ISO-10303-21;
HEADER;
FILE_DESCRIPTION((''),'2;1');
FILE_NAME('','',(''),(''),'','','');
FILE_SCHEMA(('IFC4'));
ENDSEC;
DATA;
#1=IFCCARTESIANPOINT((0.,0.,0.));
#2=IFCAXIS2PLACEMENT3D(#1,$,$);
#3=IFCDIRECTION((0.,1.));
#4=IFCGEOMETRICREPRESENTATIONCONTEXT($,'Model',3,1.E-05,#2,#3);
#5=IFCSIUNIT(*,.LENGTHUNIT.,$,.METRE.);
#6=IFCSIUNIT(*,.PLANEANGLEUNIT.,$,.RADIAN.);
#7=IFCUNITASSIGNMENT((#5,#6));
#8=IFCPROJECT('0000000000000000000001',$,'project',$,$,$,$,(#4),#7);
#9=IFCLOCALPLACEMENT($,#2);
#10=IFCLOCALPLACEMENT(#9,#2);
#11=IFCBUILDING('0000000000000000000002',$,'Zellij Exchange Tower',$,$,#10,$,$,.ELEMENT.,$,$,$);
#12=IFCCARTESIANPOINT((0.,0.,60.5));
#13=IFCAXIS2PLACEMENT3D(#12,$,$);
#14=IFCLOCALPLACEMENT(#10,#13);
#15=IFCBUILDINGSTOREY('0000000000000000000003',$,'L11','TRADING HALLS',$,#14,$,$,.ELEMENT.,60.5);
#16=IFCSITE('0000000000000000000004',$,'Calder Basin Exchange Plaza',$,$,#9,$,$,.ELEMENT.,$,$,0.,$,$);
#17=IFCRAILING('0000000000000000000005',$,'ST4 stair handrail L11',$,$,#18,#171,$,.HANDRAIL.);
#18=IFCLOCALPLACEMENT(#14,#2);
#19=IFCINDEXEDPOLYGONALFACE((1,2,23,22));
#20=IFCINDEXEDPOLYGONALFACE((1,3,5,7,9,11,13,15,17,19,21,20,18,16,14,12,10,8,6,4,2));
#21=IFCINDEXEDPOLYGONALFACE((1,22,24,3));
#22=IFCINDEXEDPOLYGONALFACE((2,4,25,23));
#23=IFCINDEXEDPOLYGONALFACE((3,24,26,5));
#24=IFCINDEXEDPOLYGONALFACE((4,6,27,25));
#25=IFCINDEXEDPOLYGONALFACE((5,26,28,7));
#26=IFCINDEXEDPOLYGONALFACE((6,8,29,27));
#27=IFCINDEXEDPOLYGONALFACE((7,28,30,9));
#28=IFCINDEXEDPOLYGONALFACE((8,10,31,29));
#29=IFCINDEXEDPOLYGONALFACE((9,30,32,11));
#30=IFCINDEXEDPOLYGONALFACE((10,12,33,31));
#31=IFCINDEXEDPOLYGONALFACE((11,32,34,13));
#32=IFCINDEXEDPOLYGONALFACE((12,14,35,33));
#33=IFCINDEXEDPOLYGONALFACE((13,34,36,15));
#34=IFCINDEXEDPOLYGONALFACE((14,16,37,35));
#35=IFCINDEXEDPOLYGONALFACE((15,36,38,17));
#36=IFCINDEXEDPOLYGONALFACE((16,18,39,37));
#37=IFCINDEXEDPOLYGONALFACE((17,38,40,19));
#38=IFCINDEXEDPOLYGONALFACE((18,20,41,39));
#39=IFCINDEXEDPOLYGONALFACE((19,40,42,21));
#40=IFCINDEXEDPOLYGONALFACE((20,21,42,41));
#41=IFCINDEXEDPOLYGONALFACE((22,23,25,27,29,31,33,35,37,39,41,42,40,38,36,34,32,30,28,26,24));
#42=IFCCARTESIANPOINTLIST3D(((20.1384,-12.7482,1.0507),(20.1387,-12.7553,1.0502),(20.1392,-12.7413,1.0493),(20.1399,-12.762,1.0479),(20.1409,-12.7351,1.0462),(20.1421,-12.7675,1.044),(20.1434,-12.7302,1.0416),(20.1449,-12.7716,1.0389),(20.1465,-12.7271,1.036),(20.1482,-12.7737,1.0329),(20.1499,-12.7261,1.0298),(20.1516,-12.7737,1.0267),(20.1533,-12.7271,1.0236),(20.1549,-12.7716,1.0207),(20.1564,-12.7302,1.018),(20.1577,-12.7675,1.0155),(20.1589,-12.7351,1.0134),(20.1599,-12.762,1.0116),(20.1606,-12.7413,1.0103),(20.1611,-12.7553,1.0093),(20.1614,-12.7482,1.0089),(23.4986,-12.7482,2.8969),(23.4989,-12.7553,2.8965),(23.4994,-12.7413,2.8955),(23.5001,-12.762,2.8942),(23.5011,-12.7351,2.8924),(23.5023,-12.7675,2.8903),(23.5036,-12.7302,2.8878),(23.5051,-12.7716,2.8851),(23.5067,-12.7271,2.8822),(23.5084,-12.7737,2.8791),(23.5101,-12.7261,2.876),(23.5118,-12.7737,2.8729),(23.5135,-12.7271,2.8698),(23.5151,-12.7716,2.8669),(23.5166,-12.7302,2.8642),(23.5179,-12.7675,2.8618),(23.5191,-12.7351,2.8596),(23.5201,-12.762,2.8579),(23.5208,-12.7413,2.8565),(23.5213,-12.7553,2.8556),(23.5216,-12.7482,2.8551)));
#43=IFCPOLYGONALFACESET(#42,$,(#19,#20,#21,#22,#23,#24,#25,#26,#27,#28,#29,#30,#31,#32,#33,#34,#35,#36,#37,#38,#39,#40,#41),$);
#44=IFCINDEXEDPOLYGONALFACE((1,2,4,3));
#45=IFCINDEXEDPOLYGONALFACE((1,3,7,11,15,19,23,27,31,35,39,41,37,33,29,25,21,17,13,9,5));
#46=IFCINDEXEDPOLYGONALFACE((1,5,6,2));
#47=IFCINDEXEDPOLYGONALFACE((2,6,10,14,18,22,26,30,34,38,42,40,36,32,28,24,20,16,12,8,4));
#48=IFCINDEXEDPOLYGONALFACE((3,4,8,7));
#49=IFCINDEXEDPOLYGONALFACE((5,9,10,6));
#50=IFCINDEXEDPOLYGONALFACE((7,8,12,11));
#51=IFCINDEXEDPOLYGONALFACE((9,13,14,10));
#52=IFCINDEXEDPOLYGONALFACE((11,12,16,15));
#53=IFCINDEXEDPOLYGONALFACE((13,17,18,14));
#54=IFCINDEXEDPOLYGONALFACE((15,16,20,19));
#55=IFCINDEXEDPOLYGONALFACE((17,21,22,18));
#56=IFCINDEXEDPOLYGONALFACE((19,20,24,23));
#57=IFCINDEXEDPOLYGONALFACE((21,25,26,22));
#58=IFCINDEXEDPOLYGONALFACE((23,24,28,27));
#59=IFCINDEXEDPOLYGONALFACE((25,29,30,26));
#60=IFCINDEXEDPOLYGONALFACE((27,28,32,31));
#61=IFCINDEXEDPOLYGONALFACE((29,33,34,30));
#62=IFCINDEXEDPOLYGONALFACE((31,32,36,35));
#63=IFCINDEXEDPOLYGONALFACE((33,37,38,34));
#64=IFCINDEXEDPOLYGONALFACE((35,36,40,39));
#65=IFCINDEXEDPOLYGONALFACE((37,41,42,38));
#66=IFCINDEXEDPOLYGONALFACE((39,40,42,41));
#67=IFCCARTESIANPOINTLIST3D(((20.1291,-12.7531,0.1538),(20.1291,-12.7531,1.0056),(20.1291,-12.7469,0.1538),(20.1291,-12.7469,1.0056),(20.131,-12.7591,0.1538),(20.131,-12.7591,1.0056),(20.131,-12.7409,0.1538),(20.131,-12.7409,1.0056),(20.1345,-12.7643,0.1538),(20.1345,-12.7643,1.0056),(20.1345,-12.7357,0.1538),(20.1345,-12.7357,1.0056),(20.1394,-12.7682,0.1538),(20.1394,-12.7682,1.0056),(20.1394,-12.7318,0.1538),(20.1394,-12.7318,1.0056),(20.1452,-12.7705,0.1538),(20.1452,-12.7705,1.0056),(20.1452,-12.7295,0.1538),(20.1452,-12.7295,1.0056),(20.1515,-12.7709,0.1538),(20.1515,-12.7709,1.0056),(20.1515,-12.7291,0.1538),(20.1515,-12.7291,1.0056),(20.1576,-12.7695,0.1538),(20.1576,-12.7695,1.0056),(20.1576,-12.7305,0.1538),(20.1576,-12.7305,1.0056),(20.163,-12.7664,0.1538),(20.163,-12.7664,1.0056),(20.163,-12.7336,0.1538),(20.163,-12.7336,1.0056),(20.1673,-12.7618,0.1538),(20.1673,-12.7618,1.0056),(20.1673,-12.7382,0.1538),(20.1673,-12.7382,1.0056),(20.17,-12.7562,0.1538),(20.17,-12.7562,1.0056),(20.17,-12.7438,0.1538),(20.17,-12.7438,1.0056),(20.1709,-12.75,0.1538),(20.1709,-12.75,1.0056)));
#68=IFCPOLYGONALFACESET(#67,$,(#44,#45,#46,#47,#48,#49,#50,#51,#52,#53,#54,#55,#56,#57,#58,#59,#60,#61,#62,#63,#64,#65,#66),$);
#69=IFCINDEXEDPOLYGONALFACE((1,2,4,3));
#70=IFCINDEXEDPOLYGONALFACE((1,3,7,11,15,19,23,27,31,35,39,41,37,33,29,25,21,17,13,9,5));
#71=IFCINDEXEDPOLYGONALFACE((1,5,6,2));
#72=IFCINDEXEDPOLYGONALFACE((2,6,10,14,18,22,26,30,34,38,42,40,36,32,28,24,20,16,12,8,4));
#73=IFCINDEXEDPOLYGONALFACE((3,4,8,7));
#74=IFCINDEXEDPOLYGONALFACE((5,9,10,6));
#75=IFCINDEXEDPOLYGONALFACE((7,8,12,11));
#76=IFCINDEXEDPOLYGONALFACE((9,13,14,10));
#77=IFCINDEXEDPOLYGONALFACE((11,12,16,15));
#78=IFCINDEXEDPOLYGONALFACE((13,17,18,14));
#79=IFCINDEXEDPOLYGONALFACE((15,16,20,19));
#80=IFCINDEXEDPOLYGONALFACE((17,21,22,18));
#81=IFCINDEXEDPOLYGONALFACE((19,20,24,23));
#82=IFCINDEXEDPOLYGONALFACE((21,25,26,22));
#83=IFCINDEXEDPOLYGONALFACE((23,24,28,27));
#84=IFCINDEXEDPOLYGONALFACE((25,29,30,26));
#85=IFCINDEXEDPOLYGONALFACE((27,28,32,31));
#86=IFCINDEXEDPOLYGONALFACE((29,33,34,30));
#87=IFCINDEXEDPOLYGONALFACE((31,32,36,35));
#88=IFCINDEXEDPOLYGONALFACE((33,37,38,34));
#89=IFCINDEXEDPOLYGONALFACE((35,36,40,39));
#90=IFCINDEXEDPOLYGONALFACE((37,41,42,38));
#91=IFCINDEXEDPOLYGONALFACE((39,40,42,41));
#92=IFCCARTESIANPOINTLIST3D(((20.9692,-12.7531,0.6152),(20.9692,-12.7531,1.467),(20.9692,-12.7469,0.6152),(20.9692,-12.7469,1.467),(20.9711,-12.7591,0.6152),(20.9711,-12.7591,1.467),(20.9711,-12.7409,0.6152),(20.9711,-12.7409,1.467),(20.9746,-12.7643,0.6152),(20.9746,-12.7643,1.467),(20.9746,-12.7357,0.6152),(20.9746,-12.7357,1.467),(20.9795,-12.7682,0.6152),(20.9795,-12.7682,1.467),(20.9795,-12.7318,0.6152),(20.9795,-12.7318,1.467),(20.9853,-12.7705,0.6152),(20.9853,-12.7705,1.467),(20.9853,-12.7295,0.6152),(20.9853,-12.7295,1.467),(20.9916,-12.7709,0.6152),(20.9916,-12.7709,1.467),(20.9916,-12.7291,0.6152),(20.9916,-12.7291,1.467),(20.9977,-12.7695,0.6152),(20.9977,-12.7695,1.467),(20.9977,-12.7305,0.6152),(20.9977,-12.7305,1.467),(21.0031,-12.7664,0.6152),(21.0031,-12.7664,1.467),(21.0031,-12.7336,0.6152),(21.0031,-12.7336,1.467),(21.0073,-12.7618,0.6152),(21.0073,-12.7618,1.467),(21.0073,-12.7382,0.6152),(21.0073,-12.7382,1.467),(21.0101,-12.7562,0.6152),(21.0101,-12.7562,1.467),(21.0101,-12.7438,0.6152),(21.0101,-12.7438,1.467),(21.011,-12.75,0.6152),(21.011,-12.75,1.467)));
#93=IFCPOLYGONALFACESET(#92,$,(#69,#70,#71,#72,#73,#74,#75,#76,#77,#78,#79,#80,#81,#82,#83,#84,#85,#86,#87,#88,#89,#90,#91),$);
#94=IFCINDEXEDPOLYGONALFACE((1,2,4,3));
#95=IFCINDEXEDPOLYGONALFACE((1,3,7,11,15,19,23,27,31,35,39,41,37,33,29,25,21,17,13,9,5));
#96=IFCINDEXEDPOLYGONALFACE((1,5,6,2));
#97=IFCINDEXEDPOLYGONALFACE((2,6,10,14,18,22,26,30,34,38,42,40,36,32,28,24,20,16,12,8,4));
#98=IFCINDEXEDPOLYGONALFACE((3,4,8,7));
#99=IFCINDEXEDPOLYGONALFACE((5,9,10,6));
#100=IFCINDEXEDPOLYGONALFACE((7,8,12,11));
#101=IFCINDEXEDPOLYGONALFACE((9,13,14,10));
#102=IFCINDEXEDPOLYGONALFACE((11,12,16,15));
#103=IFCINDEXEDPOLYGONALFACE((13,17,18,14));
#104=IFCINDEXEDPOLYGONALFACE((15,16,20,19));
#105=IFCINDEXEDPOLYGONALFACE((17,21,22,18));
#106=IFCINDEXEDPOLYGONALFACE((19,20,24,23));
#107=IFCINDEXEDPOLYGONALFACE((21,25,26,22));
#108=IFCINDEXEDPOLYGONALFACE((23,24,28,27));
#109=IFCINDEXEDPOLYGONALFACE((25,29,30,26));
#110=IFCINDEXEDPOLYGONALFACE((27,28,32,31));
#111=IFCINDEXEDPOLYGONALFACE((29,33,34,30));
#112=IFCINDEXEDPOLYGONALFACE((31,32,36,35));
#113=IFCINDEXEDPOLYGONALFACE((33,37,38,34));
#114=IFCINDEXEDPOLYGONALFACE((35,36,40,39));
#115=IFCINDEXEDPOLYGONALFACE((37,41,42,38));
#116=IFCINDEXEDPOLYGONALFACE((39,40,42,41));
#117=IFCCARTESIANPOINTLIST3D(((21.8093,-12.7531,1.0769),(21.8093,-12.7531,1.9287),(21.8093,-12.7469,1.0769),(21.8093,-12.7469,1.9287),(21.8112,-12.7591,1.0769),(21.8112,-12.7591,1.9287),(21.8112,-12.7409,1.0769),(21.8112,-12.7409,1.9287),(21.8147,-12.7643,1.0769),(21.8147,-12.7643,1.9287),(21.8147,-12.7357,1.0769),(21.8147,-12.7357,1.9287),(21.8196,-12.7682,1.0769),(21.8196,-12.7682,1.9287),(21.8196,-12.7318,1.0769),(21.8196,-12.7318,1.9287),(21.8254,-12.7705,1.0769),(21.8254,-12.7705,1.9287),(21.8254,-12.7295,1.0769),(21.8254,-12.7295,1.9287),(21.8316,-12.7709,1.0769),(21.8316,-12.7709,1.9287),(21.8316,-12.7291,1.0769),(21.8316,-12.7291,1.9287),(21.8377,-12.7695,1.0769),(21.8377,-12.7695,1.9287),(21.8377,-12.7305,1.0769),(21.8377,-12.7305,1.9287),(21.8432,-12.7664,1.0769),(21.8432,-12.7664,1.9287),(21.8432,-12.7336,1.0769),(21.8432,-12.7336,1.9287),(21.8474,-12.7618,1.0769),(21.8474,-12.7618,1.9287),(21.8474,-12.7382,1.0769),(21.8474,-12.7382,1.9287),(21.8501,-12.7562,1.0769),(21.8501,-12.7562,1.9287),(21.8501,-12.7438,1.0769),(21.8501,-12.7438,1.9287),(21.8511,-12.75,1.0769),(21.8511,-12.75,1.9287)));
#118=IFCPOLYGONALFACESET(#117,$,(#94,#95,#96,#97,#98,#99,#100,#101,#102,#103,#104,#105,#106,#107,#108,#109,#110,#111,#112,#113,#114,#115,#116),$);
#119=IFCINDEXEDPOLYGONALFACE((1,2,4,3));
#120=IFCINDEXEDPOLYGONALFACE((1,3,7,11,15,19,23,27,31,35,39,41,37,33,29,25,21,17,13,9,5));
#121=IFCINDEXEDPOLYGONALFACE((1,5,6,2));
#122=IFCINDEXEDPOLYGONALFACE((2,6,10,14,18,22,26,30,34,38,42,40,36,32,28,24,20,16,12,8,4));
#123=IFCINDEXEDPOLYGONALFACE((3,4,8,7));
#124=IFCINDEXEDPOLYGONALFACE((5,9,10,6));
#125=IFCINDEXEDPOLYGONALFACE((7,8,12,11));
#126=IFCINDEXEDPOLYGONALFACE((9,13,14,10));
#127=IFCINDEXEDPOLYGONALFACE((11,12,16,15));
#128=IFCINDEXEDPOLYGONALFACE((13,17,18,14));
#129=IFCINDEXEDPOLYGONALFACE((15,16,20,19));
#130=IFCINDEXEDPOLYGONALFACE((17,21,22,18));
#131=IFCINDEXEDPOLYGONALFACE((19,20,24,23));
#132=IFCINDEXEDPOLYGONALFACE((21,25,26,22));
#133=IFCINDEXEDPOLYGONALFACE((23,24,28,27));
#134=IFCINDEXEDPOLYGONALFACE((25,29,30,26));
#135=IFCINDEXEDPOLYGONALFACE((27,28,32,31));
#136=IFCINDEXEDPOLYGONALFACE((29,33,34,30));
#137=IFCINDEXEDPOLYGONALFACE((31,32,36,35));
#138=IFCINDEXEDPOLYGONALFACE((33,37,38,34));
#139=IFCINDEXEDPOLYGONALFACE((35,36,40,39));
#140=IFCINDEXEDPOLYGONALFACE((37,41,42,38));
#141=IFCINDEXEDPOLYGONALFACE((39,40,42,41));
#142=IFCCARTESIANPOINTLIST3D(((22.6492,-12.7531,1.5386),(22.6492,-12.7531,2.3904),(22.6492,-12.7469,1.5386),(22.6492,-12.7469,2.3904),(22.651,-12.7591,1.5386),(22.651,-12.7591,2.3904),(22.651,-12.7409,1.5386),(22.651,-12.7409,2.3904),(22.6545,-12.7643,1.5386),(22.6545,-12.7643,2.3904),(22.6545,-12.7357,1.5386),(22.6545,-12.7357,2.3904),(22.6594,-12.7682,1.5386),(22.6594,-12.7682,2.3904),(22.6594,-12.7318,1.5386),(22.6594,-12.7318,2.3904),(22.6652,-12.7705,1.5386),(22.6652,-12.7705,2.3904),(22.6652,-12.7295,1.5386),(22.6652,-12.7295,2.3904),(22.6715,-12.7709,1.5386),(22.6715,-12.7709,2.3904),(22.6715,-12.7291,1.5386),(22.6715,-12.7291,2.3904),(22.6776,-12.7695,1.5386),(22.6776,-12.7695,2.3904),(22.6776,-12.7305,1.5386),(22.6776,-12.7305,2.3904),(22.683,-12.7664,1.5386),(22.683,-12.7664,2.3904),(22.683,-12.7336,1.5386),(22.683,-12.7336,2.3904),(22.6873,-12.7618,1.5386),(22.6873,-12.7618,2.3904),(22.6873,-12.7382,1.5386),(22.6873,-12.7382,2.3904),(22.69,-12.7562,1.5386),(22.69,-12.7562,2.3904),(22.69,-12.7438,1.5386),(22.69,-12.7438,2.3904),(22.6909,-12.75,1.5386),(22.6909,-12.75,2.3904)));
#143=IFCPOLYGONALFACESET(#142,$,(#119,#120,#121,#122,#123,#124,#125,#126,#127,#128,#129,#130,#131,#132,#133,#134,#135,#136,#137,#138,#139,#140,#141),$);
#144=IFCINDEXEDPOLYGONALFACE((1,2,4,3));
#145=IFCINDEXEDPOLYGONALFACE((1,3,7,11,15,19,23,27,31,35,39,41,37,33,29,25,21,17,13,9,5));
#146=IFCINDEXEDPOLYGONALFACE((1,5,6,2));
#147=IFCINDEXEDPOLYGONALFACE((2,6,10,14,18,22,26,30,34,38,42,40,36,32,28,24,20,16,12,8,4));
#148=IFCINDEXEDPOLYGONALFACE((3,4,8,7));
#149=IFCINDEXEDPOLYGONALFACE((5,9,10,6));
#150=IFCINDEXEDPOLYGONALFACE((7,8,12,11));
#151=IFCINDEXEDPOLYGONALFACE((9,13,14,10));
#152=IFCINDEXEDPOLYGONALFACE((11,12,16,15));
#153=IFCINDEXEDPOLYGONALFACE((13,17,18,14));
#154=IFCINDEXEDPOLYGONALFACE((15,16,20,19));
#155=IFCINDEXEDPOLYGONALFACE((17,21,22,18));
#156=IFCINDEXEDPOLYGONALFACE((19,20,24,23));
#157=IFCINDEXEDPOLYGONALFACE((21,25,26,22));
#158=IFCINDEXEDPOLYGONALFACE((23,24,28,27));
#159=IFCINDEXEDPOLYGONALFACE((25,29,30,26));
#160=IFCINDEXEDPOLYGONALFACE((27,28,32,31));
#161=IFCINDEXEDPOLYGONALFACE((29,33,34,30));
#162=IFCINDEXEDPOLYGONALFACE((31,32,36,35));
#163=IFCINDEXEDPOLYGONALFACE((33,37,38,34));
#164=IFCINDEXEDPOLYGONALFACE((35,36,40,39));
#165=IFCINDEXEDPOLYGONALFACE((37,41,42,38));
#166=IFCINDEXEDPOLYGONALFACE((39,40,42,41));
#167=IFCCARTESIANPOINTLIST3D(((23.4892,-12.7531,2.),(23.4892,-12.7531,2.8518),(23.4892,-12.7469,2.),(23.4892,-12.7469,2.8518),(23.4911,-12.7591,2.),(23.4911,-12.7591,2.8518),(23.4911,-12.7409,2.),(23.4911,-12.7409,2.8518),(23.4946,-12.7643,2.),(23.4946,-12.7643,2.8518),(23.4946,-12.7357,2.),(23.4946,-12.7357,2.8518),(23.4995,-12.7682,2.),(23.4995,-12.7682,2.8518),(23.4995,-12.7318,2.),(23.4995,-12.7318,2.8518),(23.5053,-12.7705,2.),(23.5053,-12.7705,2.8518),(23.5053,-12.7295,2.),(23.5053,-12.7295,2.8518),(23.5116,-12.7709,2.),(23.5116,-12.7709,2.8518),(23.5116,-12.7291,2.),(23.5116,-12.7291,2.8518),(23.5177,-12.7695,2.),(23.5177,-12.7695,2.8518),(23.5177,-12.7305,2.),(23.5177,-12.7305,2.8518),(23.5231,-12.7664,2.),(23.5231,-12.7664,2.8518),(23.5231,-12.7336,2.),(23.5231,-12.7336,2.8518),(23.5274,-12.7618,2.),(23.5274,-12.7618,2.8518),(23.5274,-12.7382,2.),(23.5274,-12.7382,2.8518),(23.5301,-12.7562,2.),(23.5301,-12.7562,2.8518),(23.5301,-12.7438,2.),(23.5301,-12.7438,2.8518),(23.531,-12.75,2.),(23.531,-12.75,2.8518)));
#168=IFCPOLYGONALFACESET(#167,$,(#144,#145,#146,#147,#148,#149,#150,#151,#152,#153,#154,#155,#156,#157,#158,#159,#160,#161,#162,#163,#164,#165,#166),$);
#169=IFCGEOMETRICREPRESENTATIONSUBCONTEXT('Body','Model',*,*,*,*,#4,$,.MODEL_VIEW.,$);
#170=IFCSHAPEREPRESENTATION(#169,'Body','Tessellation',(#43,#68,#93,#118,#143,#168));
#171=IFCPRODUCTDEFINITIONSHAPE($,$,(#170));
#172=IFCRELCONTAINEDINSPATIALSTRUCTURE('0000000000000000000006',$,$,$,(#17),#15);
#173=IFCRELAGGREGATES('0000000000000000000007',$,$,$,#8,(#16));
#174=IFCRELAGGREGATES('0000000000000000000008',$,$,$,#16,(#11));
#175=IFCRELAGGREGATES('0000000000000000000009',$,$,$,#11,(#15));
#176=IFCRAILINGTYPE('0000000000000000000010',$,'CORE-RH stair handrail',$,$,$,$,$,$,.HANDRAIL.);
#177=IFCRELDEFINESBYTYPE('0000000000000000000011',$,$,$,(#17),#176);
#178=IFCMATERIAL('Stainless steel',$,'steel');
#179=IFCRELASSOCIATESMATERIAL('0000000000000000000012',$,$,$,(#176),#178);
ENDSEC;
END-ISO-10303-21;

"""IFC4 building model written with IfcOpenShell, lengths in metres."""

from ifc_helpers import new_model, si_unit, direction, frame, origin, origin_2d, place, context, subcontext, project, spatial, circle, extrude, material, type_object, element, save


model = new_model("IFC4")

# Units and contexts
model_context = context("Model", 3, precision=1e-05, world=origin(), true_north=direction((0.0, 1.0)))
body_context = subcontext(model_context, "Body", "Model", "MODEL_VIEW")
ifc_project = project(units=[si_unit("LENGTHUNIT", "METRE"), si_unit("PLANEANGLEUNIT", "RADIAN")], contexts=[model_context])

# Site, building, storey
site_placement = place(None, origin())
site = spatial("IfcSite", under=ifc_project, at=site_placement, Name="Calder Basin Exchange Plaza", CompositionType="ELEMENT", RefElevation=0.0)
building_placement = place(site_placement, origin())
building = spatial("IfcBuilding", under=site, at=building_placement, Name="Zellij Exchange Tower", CompositionType="ELEMENT")
storey_placement = place(building_placement, frame((0.0, 0.0, 60.5)))
storey = spatial("IfcBuildingStorey", under=building, at=storey_placement, Name="L11", Description="TRADING HALLS", CompositionType="ELEMENT", Elevation=60.5)

# Railing
ifc_material_1 = material(Name="Stainless steel", Category="steel")
railing_type_1 = type_object("IfcRailingType", Name="CORE-RH stair handrail", PredefinedType="HANDRAIL", material=ifc_material_1)
for number, where, name in (
    (1, (20.1499, -12.75, 0.1538), "ST4 stair handrail L11"),
):
    element("IfcRailing", number, at=place(storey_placement, frame(where)), inside=storey, type_object=railing_type_1, Name=name, PredefinedType="HANDRAIL", context=body_context, shape_type="SweptSolid", body=[
        extrude(circle(Radius=0.0239, at=origin_2d()), frame((0.0, 0.0, 0.876), z_axis=(0.876422, 0.0, 0.481545), x_axis=(0.0, 1.0, 0.0)), (0.0, 0.0, 1.0), 3.834),
        extrude(circle(Radius=0.021, at=origin_2d()), origin(), (0.0, 0.0, 1.0), 0.8518),
        extrude(circle(Radius=0.021, at=origin_2d()), frame((0.8401, 0.0, 0.4614)), (0.0, 0.0, 1.0), 0.8518),
        extrude(circle(Radius=0.021, at=origin_2d()), frame((1.6802, 0.0, 0.9231)), (0.0, 0.0, 1.0), 0.8518),
        extrude(circle(Radius=0.021, at=origin_2d()), frame((2.52, 0.0, 1.3848)), (0.0, 0.0, 1.0), 0.8518),
        extrude(circle(Radius=0.021, at=origin_2d()), frame((3.3601, 0.0, 1.8462)), (0.0, 0.0, 1.0), 0.8518),
    ])

save(model, "model.ifc")
